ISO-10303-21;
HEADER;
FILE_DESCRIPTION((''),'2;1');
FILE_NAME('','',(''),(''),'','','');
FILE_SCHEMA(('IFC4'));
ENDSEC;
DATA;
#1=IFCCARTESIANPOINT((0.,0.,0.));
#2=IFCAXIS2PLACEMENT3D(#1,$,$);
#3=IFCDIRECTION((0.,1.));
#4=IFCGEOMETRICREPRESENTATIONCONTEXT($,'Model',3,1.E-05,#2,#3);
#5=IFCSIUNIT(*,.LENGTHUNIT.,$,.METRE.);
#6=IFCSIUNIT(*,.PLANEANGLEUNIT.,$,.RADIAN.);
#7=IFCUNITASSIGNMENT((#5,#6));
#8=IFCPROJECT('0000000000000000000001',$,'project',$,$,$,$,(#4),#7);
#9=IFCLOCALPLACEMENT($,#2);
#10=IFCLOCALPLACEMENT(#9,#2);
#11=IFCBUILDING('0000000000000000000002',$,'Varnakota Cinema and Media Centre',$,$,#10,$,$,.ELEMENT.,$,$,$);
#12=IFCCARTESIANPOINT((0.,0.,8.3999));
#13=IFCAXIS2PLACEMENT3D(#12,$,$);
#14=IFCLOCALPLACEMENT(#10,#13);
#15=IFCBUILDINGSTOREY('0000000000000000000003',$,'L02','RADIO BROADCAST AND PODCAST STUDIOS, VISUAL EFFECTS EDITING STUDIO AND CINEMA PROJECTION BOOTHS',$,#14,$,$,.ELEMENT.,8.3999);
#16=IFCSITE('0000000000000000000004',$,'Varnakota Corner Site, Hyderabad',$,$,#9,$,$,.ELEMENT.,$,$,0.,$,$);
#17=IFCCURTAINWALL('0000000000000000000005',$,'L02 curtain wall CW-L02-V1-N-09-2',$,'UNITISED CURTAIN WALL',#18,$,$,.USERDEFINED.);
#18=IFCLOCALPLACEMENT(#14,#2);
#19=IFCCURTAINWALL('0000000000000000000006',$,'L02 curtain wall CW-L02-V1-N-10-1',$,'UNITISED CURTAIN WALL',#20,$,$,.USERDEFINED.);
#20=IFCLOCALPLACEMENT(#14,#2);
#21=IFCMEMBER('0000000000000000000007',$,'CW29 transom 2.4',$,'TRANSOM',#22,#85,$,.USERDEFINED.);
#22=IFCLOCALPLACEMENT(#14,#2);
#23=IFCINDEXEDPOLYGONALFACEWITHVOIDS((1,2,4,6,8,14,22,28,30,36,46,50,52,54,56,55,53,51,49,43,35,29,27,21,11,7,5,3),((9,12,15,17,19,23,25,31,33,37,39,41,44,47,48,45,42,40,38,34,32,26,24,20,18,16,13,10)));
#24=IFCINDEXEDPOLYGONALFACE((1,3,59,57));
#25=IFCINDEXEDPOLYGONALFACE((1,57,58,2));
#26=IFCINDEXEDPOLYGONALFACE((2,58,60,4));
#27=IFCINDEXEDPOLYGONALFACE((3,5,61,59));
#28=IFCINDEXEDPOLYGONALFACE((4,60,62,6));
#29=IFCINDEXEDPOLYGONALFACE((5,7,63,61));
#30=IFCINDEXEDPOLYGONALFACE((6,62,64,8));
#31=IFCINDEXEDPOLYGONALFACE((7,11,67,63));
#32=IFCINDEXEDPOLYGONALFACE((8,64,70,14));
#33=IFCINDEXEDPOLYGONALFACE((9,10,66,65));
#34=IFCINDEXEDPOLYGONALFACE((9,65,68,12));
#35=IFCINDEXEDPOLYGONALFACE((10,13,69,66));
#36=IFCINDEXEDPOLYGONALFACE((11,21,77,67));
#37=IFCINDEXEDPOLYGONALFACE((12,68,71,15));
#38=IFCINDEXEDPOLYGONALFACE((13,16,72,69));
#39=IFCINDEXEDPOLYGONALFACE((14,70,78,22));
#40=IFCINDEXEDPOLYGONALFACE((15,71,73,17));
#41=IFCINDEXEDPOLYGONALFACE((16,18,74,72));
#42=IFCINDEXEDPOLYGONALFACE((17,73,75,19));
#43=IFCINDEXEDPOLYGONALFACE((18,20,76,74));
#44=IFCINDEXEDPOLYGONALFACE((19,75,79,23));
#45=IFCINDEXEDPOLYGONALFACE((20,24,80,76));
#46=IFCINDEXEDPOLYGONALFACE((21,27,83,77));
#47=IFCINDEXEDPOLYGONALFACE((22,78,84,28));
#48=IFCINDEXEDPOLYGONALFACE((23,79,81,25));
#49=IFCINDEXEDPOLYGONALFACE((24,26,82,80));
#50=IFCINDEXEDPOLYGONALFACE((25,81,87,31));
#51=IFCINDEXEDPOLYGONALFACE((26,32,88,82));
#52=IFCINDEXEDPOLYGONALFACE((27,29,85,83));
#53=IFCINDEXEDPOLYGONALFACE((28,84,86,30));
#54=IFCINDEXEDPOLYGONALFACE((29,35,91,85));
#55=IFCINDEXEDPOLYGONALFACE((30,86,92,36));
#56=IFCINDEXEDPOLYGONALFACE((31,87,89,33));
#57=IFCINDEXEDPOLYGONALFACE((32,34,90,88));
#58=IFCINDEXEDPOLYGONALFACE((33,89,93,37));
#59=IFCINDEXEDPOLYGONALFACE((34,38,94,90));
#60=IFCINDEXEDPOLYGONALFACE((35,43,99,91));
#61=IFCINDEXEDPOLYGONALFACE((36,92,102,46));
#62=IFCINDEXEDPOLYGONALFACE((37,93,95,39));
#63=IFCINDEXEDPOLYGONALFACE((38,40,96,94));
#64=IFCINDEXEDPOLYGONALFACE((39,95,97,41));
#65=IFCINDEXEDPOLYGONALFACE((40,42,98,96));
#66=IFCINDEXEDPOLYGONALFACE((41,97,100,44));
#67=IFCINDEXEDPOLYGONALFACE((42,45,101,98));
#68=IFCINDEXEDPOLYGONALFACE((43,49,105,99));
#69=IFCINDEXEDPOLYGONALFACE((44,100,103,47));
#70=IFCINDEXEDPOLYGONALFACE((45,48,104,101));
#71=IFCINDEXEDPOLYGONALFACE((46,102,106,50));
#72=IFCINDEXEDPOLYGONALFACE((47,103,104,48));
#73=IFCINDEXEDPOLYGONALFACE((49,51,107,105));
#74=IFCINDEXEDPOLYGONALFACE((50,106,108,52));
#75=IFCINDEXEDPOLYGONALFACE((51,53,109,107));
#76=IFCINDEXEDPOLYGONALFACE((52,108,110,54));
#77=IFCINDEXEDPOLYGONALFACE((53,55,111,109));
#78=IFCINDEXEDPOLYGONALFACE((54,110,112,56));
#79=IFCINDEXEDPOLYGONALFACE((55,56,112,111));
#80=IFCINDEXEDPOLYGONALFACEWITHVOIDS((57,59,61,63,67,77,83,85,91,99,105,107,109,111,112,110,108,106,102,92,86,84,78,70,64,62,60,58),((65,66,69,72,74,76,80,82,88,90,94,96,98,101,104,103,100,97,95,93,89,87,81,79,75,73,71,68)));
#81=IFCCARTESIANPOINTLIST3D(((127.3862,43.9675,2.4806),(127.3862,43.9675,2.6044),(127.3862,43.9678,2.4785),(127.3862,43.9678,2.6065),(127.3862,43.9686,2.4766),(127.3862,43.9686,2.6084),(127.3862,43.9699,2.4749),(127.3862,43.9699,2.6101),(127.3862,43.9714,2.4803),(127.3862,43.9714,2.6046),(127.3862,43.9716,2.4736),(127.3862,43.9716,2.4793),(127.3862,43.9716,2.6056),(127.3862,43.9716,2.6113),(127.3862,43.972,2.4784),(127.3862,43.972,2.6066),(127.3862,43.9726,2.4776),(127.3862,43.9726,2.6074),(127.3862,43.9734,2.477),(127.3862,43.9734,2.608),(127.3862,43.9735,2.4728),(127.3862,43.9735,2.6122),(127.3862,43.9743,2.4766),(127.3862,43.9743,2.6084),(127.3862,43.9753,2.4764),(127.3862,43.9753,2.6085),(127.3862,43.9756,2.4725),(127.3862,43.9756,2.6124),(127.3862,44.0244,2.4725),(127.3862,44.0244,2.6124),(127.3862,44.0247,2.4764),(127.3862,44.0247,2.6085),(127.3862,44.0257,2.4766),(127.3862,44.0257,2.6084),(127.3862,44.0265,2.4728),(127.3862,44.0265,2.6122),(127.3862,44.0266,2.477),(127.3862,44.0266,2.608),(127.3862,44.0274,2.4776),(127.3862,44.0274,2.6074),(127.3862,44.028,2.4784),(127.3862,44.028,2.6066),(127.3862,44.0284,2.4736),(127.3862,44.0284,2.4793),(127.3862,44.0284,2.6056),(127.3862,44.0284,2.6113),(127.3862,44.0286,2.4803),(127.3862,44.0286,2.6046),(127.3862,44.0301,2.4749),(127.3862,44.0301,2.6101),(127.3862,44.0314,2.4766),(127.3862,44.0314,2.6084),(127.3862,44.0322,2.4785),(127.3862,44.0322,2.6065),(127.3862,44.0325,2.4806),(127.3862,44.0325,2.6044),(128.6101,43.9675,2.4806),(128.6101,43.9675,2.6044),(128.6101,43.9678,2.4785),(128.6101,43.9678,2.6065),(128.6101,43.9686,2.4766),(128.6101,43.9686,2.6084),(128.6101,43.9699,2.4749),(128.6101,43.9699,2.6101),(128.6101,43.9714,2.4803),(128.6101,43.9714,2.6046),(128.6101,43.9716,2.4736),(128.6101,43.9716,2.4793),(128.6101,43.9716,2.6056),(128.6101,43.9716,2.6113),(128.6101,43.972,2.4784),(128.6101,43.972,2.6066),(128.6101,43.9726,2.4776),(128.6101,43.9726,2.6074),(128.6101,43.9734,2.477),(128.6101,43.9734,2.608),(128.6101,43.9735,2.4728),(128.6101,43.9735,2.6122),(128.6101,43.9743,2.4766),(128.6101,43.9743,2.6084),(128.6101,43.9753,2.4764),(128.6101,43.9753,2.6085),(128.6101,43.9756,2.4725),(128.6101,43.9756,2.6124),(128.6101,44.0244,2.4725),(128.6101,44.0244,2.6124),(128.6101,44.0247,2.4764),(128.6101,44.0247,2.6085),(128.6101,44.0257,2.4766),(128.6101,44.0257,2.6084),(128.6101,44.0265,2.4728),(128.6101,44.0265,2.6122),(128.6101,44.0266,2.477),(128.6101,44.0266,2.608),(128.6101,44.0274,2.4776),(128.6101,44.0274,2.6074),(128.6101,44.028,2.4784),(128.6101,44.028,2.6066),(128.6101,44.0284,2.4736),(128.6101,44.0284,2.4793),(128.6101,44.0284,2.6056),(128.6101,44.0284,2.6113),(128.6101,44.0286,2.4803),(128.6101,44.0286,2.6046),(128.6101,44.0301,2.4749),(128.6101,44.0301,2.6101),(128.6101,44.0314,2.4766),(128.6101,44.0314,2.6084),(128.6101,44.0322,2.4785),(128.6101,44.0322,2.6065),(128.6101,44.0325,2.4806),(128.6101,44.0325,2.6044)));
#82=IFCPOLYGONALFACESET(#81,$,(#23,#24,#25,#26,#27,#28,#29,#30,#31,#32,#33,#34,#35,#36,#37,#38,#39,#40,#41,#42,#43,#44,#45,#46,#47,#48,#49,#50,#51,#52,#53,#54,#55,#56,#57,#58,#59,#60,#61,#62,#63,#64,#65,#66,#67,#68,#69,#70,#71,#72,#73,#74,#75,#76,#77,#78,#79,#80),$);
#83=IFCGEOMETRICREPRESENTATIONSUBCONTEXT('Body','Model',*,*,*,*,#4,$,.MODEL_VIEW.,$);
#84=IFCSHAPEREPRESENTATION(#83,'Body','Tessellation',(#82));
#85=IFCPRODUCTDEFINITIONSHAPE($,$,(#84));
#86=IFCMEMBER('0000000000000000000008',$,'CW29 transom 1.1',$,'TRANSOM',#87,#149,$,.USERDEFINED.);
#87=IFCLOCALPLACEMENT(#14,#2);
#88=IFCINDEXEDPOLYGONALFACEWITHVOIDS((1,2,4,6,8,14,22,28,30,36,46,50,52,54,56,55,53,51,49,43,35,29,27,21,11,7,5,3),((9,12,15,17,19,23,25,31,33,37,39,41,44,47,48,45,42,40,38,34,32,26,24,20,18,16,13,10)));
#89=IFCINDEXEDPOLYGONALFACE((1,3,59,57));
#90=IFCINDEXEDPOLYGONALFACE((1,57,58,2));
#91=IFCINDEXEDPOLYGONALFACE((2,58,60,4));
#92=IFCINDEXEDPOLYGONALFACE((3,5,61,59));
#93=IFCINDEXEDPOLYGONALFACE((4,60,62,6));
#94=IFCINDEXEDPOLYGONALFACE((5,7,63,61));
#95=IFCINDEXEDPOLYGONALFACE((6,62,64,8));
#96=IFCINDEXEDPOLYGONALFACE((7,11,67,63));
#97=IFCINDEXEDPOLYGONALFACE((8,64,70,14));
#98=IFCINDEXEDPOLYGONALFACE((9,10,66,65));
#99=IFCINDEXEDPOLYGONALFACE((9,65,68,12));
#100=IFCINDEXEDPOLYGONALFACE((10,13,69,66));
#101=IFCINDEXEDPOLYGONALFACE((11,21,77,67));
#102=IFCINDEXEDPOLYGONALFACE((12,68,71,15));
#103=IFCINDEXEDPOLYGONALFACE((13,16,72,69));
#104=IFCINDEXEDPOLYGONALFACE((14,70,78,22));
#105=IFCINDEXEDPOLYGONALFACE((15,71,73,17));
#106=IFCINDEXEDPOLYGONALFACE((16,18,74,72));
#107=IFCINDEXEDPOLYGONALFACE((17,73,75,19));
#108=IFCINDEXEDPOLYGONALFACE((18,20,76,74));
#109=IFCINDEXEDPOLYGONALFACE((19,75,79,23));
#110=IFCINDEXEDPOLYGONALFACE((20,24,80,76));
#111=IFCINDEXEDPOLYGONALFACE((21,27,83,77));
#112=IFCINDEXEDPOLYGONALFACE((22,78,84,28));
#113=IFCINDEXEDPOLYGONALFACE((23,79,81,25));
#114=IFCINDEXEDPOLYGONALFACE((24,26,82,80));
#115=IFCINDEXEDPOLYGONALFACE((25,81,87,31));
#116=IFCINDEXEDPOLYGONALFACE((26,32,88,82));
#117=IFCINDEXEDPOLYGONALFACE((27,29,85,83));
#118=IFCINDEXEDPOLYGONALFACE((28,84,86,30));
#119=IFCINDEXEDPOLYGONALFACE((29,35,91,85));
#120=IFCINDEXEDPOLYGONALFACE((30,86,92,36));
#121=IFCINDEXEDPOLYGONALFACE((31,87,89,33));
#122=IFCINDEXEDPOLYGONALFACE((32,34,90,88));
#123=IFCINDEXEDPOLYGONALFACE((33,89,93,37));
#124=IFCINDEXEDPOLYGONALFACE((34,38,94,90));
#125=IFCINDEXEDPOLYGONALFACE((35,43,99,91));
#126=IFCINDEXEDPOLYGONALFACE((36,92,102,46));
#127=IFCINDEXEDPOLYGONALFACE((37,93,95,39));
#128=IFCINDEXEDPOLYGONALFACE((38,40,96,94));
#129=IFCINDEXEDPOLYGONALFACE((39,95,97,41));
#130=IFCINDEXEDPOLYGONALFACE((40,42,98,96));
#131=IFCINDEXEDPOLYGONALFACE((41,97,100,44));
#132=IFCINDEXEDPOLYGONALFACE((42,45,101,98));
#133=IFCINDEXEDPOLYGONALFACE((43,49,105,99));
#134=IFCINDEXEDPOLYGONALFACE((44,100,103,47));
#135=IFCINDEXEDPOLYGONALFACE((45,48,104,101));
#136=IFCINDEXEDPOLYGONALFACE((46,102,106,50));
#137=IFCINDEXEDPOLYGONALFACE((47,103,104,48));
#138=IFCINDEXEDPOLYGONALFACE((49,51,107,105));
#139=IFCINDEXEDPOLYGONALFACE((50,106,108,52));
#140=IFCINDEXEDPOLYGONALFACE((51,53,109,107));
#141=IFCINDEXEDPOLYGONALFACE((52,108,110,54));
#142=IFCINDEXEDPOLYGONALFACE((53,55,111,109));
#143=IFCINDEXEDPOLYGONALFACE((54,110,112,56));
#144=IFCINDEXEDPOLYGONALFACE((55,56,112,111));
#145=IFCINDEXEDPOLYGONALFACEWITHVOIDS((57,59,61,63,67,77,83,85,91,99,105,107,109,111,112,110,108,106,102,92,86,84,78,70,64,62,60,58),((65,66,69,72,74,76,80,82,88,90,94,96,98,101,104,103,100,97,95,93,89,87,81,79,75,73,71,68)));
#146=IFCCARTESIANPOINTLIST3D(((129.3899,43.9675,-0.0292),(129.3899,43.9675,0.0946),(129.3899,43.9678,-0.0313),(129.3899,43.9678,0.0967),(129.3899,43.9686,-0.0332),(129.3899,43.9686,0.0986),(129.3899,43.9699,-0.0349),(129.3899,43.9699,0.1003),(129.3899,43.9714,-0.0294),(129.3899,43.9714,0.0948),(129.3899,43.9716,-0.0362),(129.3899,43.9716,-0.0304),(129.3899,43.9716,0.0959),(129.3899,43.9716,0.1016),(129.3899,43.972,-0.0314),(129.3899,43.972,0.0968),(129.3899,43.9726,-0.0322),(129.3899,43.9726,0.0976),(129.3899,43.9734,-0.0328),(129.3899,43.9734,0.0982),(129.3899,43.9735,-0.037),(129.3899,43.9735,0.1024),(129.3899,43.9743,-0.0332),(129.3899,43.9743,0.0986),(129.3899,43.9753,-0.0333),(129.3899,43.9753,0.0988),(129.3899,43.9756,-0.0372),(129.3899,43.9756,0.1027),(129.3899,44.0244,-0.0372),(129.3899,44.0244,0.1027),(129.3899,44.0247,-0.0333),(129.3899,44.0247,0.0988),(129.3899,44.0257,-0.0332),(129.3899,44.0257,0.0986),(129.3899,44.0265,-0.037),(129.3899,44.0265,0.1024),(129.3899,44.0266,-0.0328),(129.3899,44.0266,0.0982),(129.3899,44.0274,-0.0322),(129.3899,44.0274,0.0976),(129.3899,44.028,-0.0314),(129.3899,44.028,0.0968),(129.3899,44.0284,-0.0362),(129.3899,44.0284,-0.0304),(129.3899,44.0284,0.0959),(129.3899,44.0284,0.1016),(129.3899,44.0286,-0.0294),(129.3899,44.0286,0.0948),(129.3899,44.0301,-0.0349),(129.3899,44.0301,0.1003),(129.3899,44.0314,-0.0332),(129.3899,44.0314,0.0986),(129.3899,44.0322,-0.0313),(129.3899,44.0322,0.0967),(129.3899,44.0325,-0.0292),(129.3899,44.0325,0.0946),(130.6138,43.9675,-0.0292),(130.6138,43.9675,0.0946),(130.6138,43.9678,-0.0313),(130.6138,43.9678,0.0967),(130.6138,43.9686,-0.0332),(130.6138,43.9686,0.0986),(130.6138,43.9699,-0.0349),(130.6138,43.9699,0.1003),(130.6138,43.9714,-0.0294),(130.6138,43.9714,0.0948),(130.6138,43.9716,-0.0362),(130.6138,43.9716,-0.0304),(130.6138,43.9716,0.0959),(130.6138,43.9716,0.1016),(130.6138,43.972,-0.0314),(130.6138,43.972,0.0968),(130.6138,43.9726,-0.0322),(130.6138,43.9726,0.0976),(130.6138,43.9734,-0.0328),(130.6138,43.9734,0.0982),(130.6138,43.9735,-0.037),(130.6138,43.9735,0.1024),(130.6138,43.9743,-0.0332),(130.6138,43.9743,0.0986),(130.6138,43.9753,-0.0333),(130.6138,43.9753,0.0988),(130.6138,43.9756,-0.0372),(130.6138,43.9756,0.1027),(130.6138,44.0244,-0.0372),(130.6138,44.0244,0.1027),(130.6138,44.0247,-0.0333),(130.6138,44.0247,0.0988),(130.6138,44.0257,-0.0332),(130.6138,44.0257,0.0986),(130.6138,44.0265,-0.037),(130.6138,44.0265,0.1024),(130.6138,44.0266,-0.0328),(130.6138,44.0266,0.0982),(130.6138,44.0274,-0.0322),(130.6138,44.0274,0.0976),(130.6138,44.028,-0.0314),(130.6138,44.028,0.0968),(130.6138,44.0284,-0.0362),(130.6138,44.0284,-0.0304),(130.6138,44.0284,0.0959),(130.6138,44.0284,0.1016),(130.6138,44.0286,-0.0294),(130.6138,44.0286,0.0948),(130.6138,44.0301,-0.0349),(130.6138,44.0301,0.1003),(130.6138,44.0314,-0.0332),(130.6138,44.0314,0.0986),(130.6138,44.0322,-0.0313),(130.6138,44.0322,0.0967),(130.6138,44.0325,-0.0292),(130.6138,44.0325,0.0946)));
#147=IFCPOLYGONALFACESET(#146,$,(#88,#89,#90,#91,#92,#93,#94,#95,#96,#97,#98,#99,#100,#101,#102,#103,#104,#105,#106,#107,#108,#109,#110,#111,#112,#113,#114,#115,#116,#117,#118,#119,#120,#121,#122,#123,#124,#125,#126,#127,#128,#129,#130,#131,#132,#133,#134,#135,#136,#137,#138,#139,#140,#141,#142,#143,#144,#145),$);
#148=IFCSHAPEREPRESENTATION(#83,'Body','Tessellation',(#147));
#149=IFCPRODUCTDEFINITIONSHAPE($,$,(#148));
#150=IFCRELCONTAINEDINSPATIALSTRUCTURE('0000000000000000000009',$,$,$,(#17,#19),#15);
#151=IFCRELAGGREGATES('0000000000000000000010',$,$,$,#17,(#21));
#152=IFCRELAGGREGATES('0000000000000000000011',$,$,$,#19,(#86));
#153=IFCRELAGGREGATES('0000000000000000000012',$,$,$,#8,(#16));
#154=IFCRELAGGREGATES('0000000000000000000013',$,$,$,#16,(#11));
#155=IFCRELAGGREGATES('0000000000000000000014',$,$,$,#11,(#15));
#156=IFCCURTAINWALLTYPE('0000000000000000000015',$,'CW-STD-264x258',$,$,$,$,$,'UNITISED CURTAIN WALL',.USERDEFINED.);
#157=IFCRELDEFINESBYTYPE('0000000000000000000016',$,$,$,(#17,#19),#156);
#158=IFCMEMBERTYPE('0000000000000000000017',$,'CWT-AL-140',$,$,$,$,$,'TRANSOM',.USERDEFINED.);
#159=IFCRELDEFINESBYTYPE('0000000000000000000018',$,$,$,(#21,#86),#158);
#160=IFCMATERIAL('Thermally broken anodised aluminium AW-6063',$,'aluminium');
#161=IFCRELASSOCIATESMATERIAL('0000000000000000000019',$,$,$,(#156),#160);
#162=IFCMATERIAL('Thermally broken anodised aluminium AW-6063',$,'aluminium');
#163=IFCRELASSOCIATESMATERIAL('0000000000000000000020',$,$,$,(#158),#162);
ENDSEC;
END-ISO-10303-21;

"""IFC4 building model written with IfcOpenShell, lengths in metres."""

from ifc_helpers import new_model, si_unit, direction, frame, origin, origin_2d, place, context, subcontext, project, spatial, hollow_rectangle, extrude, material, material_profile, profile_set, type_object, element, aggregate, save


model = new_model("IFC4")

# Units and contexts
model_context = context("Model", 3, precision=1e-05, world=origin(), true_north=direction((0.0, 1.0)))
body_context = subcontext(model_context, "Body", "Model", "MODEL_VIEW")
ifc_project = project(units=[si_unit("LENGTHUNIT", "METRE"), si_unit("PLANEANGLEUNIT", "RADIAN")], contexts=[model_context])

# Site, building, storey
site_placement = place(None, origin())
site = spatial("IfcSite", under=ifc_project, at=site_placement, Name="Varnakota Corner Site, Hyderabad", CompositionType="ELEMENT", RefElevation=0.0)
building_placement = place(site_placement, origin())
building = spatial("IfcBuilding", under=site, at=building_placement, Name="Varnakota Cinema and Media Centre", CompositionType="ELEMENT")
storey_placement = place(building_placement, frame((0.0, 0.0, 8.3999)))
storey = spatial("IfcBuildingStorey", under=building, at=storey_placement, Name="L02", Description="RADIO BROADCAST AND PODCAST STUDIOS, VISUAL EFFECTS EDITING STUDIO AND CINEMA PROJECTION BOOTHS", CompositionType="ELEMENT", Elevation=8.3999)

# Curtain wall
ifc_material_1 = material(Name="Thermally broken anodised aluminium AW-6063", Category="aluminium")
curtain_wall_type = type_object("IfcCurtainWallType", Name="CW-STD-264x258", ElementType="UNITISED CURTAIN WALL", PredefinedType="USERDEFINED", material=ifc_material_1)
curtain_wall_1_placement = place(storey_placement, origin())
curtain_wall_1 = element("IfcCurtainWall", 1, at=curtain_wall_1_placement, inside=storey, type_object=curtain_wall_type, Name="L02 curtain wall CW-L02-V1-N-09-2", ObjectType="UNITISED CURTAIN WALL", PredefinedType="USERDEFINED")

# Curtain wall
curtain_wall_2_placement = place(storey_placement, origin())
curtain_wall_2 = element("IfcCurtainWall", 2, at=curtain_wall_2_placement, inside=storey, type_object=curtain_wall_type, Name="L02 curtain wall CW-L02-V1-N-10-1", ObjectType="UNITISED CURTAIN WALL", PredefinedType="USERDEFINED")

# Members
ifc_material_2 = material(Name="Thermally broken anodised aluminium AW-6063", Category="aluminium")
ifc_material_profile_1 = material_profile(ifc_material_2, hollow_rectangle(XDim=0.0649, YDim=0.1399, WallThickness=0.0039, InnerFilletRadius=0.0039, OuterFilletRadius=0.0081, at=origin_2d()), Name="AL-TRANSOM 140x65x4")
ifc_profile_set_1 = profile_set([ifc_material_profile_1], Name="Thermally broken anodised aluminium AW-6063")
member_type_1 = type_object("IfcMemberType", Name="CWT-AL-140", ElementType="TRANSOM", PredefinedType="USERDEFINED", material=ifc_profile_set_1)
member_1_placement = place(storey_placement, frame((127.3862, 44.0, 2.5425), z_axis=(1.0, 0.0, 0.0), x_axis=(0.0, 1.0, 0.0)))
member_1 = element("IfcMember", 3, at=member_1_placement, type_object=member_type_1, Name="CW29 transom 2.4", ObjectType="TRANSOM", PredefinedType="USERDEFINED", context=body_context, shape_type="SweptSolid", body=[
    extrude(hollow_rectangle(XDim=0.0649, YDim=0.1399, WallThickness=0.0039, InnerFilletRadius=0.0039, OuterFilletRadius=0.0081, at=origin_2d()), origin(), (0.0, 0.0, 1.0), 1.2239),
])
member_2_placement = place(storey_placement, frame((129.3899, 44.0, 0.0327), z_axis=(1.0, 0.0, 0.0), x_axis=(0.0, 1.0, 0.0)))
member_2 = element("IfcMember", 4, at=member_2_placement, type_object=member_type_1, Name="CW29 transom 1.1", ObjectType="TRANSOM", PredefinedType="USERDEFINED", context=body_context, shape_type="SweptSolid", body=[
    extrude(hollow_rectangle(XDim=0.0649, YDim=0.1399, WallThickness=0.0039, InnerFilletRadius=0.0039, OuterFilletRadius=0.0081, at=origin_2d()), origin(), (0.0, 0.0, 1.0), 1.2239),
])

aggregate(curtain_wall_1, [member_1])
aggregate(curtain_wall_2, [member_2])

save(model, "model.ifc")
